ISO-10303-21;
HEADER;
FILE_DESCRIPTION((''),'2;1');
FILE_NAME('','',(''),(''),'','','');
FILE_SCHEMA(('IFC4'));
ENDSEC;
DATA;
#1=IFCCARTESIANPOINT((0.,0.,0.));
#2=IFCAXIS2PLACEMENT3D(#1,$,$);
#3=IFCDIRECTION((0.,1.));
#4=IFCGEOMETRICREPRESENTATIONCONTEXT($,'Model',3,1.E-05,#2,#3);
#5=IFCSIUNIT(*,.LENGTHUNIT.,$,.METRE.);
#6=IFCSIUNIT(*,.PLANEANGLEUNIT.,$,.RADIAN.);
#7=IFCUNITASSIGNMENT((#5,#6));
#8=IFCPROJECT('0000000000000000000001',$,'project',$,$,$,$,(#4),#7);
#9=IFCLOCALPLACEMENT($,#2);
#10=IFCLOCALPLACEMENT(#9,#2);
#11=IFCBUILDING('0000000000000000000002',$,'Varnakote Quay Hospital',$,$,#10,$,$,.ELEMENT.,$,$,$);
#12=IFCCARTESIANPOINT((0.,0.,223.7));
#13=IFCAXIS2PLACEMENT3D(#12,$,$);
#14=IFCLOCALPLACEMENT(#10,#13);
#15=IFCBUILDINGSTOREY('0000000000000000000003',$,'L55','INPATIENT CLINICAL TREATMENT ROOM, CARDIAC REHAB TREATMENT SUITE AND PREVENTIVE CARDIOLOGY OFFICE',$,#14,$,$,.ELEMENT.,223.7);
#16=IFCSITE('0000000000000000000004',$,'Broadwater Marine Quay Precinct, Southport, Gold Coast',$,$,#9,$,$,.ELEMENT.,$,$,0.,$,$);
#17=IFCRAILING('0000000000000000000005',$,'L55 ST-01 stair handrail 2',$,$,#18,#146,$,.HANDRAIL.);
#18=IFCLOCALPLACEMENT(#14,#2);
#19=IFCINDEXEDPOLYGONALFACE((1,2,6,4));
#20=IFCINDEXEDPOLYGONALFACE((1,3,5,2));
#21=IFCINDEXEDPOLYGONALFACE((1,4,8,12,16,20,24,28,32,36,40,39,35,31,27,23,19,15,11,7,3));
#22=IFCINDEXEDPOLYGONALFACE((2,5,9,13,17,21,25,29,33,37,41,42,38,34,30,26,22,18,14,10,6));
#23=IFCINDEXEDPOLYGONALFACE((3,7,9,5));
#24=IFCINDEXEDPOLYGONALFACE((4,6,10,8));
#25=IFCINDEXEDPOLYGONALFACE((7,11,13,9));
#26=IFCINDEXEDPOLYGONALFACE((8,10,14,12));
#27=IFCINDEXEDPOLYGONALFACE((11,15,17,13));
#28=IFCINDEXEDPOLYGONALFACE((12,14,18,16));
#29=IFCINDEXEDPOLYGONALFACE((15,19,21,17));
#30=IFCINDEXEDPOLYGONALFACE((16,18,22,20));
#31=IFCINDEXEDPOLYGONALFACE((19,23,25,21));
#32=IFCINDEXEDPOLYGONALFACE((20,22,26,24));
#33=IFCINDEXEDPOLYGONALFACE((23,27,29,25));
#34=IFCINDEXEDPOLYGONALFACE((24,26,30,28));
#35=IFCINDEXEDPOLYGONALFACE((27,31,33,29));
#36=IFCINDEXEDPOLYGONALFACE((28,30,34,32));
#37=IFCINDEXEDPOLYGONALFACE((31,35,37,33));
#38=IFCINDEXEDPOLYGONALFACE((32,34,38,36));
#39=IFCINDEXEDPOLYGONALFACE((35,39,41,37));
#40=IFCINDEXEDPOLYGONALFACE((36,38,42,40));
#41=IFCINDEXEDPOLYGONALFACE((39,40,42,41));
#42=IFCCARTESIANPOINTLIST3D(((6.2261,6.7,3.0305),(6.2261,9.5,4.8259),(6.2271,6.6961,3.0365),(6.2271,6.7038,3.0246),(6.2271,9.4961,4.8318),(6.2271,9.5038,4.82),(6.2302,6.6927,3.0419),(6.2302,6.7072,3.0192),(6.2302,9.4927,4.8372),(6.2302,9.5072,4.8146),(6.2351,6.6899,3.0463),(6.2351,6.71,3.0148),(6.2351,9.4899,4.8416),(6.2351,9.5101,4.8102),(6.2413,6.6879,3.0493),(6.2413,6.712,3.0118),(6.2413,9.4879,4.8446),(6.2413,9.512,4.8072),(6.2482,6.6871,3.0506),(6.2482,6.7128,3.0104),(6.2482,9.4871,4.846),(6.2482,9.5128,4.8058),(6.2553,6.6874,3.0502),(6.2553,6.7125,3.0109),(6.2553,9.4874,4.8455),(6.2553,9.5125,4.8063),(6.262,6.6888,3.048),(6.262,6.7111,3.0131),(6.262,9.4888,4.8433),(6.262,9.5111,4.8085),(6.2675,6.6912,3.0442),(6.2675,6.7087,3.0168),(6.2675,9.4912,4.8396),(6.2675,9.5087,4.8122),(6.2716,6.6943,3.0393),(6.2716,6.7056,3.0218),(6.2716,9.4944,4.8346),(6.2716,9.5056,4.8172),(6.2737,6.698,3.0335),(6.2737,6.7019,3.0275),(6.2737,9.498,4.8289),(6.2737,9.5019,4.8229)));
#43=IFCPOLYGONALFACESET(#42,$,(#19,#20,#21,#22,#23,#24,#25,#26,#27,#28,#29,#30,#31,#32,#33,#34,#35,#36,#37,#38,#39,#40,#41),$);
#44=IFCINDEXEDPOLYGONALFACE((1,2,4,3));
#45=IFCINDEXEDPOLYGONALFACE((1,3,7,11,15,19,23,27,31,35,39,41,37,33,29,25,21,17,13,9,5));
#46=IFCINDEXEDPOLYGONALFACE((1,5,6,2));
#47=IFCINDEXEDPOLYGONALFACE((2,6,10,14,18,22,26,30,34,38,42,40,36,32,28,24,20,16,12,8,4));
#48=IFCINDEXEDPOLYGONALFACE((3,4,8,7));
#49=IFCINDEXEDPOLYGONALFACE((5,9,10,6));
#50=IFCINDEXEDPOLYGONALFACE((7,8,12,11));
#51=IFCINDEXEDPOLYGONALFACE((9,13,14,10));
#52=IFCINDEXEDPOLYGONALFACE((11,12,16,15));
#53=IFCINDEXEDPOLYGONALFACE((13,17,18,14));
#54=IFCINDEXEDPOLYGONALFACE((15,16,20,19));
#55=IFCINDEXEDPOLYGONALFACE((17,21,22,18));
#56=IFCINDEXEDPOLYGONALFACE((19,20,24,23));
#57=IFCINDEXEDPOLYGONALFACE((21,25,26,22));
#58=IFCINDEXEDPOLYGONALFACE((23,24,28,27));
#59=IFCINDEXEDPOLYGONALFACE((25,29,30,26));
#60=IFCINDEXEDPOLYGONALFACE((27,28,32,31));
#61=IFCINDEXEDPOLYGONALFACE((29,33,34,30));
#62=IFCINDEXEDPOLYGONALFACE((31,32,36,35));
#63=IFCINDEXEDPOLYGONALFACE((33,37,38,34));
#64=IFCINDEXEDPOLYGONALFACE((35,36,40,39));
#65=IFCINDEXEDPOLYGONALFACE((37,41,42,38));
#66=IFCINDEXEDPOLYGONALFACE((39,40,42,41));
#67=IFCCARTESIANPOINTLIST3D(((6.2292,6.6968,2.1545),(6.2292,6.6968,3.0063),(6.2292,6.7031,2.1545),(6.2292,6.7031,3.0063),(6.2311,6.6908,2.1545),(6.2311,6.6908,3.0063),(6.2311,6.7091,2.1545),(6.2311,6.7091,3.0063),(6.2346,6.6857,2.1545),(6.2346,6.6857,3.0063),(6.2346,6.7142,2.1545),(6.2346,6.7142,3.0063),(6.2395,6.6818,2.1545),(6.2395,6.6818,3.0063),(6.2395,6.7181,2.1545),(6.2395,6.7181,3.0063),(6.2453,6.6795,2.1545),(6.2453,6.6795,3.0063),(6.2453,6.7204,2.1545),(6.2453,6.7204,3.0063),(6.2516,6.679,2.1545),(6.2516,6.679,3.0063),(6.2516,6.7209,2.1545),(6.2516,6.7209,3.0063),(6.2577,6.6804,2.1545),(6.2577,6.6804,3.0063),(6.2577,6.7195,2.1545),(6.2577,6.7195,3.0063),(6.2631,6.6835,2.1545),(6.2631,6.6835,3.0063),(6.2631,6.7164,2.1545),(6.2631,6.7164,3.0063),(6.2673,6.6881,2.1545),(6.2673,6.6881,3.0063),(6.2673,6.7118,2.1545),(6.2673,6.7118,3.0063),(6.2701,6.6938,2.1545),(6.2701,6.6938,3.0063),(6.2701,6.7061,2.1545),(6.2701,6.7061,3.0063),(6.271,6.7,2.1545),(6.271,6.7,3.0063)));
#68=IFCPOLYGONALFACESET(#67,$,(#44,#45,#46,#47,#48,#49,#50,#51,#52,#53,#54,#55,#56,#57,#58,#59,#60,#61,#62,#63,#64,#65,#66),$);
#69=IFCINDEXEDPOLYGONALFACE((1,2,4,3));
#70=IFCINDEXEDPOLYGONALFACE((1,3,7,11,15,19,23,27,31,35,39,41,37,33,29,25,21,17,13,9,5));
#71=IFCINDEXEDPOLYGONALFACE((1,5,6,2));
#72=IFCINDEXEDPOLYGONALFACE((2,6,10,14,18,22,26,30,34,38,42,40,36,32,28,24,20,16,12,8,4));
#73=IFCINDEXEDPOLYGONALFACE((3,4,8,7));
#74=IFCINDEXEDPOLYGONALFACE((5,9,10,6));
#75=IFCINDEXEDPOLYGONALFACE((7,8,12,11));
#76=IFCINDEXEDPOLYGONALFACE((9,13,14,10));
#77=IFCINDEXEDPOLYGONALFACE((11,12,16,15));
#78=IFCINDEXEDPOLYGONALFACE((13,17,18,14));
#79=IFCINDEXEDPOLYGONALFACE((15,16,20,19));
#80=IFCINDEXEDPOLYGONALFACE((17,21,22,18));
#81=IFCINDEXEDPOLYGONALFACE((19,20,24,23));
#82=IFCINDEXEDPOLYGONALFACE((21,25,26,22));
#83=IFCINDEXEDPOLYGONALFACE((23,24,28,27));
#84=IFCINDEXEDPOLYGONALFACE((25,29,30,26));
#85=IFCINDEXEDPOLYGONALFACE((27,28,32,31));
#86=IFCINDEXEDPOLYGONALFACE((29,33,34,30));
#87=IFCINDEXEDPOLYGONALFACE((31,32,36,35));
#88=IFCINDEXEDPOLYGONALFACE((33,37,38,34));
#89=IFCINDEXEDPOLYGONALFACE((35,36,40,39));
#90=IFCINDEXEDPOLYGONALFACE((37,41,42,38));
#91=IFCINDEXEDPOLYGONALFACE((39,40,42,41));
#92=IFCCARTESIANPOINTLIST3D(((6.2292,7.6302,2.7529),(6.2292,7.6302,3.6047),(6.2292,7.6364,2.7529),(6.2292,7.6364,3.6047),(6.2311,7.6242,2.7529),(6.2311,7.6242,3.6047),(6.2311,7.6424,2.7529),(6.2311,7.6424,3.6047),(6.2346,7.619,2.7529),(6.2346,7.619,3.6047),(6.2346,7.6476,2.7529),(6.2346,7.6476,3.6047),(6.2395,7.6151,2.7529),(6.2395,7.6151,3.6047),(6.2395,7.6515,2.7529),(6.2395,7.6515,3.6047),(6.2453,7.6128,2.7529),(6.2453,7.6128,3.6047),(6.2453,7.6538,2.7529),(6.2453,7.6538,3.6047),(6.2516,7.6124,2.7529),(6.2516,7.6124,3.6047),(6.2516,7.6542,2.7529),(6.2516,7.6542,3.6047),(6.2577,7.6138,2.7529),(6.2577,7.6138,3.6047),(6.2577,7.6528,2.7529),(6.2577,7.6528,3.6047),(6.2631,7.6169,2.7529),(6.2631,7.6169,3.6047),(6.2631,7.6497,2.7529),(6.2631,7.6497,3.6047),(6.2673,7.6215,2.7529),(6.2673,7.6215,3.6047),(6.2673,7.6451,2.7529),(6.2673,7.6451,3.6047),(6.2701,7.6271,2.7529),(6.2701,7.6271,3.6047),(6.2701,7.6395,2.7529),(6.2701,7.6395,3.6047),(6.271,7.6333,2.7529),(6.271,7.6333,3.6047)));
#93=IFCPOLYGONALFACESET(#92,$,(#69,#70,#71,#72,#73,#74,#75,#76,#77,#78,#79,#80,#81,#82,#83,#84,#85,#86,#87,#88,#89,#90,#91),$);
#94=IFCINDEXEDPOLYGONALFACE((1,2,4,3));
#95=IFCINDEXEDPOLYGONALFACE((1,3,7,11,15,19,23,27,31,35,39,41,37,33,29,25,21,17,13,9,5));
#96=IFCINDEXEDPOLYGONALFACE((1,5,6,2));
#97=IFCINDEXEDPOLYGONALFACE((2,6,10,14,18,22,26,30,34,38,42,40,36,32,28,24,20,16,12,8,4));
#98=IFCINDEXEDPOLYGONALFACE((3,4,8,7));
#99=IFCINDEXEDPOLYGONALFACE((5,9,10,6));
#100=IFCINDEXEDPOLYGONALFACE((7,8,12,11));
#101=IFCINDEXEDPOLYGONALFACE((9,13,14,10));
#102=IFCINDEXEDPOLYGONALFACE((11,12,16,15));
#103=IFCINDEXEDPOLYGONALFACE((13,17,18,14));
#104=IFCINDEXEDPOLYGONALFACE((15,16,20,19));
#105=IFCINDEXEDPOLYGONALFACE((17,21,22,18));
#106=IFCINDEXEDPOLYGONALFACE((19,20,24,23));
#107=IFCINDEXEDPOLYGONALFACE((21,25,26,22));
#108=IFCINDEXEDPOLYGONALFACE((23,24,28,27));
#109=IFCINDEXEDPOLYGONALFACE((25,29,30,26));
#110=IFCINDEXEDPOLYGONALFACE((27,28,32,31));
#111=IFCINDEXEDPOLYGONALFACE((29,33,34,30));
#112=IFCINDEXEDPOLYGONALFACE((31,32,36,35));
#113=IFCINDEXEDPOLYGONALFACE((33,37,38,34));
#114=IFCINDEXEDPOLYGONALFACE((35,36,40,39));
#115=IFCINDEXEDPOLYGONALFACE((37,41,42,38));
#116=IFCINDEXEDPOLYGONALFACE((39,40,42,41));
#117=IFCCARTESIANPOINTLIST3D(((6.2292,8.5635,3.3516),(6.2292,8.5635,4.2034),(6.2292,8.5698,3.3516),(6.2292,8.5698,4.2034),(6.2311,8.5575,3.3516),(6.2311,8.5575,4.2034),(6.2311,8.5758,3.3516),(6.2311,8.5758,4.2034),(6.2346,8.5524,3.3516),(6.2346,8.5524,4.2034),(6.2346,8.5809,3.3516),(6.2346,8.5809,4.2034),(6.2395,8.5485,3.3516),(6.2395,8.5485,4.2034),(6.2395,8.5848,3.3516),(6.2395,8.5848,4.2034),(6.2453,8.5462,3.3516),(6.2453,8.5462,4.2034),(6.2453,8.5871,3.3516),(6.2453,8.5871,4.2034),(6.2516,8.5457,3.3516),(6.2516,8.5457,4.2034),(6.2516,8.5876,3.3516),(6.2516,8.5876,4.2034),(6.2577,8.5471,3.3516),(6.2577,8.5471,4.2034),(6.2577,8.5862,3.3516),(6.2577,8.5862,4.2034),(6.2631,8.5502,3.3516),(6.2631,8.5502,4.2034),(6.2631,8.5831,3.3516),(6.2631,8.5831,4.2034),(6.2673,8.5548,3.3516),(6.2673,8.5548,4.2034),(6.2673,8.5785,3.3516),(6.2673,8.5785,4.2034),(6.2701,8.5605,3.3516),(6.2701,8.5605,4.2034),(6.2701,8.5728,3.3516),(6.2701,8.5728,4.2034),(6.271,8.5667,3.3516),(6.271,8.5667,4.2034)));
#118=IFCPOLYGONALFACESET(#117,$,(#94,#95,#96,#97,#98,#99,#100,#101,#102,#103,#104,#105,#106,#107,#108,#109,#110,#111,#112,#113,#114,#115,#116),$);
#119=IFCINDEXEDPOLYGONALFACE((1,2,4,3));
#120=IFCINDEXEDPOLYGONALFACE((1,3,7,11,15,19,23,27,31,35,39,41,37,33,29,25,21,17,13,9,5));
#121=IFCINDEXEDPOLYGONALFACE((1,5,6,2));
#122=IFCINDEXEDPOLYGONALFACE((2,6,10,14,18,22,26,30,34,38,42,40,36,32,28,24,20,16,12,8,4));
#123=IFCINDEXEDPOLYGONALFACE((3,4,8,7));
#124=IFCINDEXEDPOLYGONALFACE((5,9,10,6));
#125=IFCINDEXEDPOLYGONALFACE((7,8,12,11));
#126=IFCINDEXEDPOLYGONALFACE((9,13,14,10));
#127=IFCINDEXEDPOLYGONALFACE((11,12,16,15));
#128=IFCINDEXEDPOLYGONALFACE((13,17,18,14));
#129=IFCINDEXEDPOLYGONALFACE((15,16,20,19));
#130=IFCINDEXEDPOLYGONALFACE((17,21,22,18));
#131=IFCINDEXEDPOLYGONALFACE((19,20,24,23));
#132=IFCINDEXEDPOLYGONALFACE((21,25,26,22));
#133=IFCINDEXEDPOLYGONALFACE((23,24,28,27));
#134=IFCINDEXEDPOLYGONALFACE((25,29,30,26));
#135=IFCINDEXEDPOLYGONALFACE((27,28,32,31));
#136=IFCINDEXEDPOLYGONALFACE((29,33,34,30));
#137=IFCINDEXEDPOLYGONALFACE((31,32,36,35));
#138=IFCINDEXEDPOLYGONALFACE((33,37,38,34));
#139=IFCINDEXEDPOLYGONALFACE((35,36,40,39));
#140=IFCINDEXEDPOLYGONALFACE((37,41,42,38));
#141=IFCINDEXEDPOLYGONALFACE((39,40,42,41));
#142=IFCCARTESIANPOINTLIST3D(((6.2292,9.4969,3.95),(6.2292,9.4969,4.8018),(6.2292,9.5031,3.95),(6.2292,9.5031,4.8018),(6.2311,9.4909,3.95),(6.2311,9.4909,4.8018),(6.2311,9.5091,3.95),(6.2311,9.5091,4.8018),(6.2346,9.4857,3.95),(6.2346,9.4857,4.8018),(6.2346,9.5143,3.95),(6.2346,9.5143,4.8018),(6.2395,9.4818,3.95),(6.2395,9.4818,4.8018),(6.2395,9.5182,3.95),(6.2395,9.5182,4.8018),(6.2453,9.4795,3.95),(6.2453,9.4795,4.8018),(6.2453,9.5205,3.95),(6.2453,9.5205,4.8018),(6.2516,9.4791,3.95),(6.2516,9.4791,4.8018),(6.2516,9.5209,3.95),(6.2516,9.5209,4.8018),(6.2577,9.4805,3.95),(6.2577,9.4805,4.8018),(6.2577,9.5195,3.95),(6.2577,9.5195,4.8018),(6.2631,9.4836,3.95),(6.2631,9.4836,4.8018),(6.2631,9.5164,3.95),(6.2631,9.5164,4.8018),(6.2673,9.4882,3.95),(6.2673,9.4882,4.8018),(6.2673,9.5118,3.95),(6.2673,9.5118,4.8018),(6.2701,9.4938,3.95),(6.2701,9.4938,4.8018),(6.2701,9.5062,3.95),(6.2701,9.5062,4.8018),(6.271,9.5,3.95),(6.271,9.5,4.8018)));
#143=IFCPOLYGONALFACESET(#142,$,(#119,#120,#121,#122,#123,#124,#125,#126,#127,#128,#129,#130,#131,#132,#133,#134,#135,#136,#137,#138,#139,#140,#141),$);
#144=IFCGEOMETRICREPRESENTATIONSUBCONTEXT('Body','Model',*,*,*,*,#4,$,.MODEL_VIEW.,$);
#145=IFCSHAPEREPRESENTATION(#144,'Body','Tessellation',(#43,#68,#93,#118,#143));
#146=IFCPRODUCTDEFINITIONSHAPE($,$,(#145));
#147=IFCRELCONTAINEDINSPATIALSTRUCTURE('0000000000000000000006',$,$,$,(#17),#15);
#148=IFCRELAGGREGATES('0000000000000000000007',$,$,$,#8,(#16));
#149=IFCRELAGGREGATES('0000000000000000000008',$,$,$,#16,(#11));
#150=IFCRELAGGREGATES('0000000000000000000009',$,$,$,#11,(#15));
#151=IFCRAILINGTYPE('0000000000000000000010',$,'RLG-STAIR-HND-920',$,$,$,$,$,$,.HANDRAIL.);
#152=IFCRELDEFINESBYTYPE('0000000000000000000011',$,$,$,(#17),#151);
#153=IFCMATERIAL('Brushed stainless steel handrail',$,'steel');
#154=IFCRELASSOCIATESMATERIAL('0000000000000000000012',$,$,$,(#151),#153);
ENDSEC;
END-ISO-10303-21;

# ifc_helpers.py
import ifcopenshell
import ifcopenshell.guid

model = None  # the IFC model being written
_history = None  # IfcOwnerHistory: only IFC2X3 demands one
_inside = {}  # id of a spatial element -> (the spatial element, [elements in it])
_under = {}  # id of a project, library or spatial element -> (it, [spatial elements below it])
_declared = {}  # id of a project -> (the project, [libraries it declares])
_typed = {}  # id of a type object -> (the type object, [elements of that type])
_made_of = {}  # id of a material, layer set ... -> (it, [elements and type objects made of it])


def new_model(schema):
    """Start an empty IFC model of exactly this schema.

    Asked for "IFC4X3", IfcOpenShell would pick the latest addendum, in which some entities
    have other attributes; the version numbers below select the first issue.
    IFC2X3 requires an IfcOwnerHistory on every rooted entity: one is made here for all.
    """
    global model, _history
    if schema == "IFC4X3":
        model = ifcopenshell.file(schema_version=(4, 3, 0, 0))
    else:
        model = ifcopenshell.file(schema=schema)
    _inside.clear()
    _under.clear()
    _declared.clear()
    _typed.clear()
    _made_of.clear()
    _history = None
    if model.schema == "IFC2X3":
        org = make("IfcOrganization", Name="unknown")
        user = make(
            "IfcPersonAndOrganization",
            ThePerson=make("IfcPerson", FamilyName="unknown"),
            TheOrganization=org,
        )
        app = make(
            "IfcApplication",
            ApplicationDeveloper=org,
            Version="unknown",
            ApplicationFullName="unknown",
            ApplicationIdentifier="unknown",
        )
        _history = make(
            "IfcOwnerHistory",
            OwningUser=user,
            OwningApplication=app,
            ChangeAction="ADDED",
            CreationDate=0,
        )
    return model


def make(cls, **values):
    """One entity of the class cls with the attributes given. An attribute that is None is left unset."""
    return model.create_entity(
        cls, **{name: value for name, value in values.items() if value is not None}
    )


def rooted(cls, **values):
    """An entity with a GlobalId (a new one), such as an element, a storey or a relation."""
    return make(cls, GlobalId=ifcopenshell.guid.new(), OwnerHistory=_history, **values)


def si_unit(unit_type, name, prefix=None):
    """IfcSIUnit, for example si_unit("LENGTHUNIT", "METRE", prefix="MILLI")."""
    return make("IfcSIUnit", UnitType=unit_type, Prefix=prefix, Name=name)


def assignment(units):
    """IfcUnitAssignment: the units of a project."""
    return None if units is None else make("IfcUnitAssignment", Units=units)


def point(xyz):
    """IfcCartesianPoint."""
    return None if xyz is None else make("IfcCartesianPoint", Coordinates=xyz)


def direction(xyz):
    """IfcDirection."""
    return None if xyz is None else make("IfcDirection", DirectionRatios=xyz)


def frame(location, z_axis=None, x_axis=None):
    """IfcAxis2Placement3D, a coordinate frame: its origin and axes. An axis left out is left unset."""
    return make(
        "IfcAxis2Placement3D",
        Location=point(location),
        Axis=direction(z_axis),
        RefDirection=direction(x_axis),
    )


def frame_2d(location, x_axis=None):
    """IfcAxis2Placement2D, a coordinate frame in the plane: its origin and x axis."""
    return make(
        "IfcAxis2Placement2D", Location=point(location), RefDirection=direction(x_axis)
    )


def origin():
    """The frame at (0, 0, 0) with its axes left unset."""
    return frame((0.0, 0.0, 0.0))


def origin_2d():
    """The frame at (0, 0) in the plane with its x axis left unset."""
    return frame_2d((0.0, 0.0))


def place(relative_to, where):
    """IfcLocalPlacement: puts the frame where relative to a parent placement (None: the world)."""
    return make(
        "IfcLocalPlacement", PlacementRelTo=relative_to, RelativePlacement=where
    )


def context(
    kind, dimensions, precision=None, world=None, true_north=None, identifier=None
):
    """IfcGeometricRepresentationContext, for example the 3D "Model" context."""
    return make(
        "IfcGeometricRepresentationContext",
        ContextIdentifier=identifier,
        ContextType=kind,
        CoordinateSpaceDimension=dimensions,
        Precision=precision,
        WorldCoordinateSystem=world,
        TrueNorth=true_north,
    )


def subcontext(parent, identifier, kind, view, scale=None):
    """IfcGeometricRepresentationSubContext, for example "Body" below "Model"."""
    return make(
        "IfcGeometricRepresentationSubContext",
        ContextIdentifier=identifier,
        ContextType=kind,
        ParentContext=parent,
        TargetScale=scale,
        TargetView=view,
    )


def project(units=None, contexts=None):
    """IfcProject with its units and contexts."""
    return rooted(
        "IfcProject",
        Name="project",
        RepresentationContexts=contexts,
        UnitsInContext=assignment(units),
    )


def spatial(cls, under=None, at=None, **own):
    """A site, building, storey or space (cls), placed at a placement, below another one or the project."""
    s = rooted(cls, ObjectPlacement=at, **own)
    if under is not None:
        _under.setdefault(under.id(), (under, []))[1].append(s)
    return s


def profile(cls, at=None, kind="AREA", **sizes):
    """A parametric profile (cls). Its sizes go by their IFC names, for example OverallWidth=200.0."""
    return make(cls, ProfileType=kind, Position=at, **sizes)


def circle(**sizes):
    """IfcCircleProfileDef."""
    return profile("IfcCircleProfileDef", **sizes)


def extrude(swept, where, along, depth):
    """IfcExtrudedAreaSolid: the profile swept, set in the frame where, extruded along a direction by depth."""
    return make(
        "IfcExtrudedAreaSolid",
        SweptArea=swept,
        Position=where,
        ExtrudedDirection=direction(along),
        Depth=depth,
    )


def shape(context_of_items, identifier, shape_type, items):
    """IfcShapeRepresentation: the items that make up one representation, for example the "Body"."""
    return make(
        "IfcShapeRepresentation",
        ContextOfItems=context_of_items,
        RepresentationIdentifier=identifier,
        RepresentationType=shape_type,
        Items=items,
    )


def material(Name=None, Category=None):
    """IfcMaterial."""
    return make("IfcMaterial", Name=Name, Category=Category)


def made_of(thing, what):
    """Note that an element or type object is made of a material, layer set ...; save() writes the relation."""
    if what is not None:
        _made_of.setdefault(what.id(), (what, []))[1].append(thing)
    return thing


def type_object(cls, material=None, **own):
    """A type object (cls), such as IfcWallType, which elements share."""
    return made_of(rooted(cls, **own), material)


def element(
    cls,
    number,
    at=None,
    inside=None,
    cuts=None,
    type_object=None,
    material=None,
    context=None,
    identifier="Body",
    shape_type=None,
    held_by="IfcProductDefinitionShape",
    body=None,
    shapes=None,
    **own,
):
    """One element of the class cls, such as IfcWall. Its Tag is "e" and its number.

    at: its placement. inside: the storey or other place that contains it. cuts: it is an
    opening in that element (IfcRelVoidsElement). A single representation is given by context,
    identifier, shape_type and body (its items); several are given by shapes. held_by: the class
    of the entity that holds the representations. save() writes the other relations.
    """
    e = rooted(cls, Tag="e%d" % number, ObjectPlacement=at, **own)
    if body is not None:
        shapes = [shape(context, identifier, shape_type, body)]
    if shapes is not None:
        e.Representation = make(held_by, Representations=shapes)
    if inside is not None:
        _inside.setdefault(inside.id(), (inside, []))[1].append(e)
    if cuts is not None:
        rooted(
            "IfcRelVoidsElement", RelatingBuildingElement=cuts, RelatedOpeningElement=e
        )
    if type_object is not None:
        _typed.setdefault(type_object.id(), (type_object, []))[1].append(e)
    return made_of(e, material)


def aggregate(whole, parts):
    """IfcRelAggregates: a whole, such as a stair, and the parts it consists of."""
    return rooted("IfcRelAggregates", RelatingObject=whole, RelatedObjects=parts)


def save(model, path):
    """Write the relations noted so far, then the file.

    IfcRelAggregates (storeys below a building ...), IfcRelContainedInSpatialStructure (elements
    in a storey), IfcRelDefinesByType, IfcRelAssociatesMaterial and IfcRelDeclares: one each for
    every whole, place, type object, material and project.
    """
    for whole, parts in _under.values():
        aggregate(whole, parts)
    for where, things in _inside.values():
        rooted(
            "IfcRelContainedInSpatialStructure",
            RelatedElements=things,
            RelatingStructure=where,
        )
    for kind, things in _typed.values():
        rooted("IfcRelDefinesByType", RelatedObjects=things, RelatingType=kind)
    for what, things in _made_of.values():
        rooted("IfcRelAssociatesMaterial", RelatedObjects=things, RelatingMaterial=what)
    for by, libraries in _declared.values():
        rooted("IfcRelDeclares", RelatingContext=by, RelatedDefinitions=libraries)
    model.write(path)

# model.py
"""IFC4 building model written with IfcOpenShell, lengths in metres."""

from ifc_helpers import new_model, si_unit, direction, frame, origin, origin_2d, place, context, subcontext, project, spatial, circle, extrude, material, type_object, element, save


model = new_model("IFC4")

# Units and contexts
model_context = context("Model", 3, precision=1e-05, world=origin(), true_north=direction((0.0, 1.0)))
body_context = subcontext(model_context, "Body", "Model", "MODEL_VIEW")
ifc_project = project(units=[si_unit("LENGTHUNIT", "METRE"), si_unit("PLANEANGLEUNIT", "RADIAN")], contexts=[model_context])

# Site, building, storey
site_placement = place(None, origin())
site = spatial("IfcSite", under=ifc_project, at=site_placement, Name="Broadwater Marine Quay Precinct, Southport, Gold Coast", CompositionType="ELEMENT", RefElevation=0.0)
building_placement = place(site_placement, origin())
building = spatial("IfcBuilding", under=site, at=building_placement, Name="Varnakote Quay Hospital", CompositionType="ELEMENT")
storey_placement = place(building_placement, frame((0.0, 0.0, 223.7)))
storey = spatial("IfcBuildingStorey", under=building, at=storey_placement, Name="L55", Description="INPATIENT CLINICAL TREATMENT ROOM, CARDIAC REHAB TREATMENT SUITE AND PREVENTIVE CARDIOLOGY OFFICE", CompositionType="ELEMENT", Elevation=223.7)

# Railing
ifc_material_1 = material(Name="Brushed stainless steel handrail", Category="steel")
railing_type_1 = type_object("IfcRailingType", Name="RLG-STAIR-HND-920", PredefinedType="HANDRAIL", material=ifc_material_1)
railing_1_placement = place(storey_placement, frame((6.25, 6.7, 2.1545)))
element("IfcRailing", 1, at=railing_1_placement, inside=storey, type_object=railing_type_1, Name="L55 ST-01 stair handrail 2", PredefinedType="HANDRAIL", context=body_context, shape_type="SweptSolid", body=[
    extrude(circle(Radius=0.0239, at=origin_2d()), frame((0.0, 0.0, 0.876), z_axis=(0.0, 0.84181, 0.539774), x_axis=(-1.0, 0.0, 0.0)), (0.0, 0.0, 1.0), 3.3262),
    extrude(circle(Radius=0.021, at=origin_2d()), origin(), (0.0, 0.0, 1.0), 0.8518),
    extrude(circle(Radius=0.021, at=origin_2d()), frame((0.0, 0.9333, 0.5984)), (0.0, 0.0, 1.0), 0.8518),
    extrude(circle(Radius=0.021, at=origin_2d()), frame((0.0, 1.8667, 1.197)), (0.0, 0.0, 1.0), 0.8518),
    extrude(circle(Radius=0.021, at=origin_2d()), frame((0.0, 2.8, 1.7954)), (0.0, 0.0, 1.0), 0.8518),
])

save(model, "model.ifc")
